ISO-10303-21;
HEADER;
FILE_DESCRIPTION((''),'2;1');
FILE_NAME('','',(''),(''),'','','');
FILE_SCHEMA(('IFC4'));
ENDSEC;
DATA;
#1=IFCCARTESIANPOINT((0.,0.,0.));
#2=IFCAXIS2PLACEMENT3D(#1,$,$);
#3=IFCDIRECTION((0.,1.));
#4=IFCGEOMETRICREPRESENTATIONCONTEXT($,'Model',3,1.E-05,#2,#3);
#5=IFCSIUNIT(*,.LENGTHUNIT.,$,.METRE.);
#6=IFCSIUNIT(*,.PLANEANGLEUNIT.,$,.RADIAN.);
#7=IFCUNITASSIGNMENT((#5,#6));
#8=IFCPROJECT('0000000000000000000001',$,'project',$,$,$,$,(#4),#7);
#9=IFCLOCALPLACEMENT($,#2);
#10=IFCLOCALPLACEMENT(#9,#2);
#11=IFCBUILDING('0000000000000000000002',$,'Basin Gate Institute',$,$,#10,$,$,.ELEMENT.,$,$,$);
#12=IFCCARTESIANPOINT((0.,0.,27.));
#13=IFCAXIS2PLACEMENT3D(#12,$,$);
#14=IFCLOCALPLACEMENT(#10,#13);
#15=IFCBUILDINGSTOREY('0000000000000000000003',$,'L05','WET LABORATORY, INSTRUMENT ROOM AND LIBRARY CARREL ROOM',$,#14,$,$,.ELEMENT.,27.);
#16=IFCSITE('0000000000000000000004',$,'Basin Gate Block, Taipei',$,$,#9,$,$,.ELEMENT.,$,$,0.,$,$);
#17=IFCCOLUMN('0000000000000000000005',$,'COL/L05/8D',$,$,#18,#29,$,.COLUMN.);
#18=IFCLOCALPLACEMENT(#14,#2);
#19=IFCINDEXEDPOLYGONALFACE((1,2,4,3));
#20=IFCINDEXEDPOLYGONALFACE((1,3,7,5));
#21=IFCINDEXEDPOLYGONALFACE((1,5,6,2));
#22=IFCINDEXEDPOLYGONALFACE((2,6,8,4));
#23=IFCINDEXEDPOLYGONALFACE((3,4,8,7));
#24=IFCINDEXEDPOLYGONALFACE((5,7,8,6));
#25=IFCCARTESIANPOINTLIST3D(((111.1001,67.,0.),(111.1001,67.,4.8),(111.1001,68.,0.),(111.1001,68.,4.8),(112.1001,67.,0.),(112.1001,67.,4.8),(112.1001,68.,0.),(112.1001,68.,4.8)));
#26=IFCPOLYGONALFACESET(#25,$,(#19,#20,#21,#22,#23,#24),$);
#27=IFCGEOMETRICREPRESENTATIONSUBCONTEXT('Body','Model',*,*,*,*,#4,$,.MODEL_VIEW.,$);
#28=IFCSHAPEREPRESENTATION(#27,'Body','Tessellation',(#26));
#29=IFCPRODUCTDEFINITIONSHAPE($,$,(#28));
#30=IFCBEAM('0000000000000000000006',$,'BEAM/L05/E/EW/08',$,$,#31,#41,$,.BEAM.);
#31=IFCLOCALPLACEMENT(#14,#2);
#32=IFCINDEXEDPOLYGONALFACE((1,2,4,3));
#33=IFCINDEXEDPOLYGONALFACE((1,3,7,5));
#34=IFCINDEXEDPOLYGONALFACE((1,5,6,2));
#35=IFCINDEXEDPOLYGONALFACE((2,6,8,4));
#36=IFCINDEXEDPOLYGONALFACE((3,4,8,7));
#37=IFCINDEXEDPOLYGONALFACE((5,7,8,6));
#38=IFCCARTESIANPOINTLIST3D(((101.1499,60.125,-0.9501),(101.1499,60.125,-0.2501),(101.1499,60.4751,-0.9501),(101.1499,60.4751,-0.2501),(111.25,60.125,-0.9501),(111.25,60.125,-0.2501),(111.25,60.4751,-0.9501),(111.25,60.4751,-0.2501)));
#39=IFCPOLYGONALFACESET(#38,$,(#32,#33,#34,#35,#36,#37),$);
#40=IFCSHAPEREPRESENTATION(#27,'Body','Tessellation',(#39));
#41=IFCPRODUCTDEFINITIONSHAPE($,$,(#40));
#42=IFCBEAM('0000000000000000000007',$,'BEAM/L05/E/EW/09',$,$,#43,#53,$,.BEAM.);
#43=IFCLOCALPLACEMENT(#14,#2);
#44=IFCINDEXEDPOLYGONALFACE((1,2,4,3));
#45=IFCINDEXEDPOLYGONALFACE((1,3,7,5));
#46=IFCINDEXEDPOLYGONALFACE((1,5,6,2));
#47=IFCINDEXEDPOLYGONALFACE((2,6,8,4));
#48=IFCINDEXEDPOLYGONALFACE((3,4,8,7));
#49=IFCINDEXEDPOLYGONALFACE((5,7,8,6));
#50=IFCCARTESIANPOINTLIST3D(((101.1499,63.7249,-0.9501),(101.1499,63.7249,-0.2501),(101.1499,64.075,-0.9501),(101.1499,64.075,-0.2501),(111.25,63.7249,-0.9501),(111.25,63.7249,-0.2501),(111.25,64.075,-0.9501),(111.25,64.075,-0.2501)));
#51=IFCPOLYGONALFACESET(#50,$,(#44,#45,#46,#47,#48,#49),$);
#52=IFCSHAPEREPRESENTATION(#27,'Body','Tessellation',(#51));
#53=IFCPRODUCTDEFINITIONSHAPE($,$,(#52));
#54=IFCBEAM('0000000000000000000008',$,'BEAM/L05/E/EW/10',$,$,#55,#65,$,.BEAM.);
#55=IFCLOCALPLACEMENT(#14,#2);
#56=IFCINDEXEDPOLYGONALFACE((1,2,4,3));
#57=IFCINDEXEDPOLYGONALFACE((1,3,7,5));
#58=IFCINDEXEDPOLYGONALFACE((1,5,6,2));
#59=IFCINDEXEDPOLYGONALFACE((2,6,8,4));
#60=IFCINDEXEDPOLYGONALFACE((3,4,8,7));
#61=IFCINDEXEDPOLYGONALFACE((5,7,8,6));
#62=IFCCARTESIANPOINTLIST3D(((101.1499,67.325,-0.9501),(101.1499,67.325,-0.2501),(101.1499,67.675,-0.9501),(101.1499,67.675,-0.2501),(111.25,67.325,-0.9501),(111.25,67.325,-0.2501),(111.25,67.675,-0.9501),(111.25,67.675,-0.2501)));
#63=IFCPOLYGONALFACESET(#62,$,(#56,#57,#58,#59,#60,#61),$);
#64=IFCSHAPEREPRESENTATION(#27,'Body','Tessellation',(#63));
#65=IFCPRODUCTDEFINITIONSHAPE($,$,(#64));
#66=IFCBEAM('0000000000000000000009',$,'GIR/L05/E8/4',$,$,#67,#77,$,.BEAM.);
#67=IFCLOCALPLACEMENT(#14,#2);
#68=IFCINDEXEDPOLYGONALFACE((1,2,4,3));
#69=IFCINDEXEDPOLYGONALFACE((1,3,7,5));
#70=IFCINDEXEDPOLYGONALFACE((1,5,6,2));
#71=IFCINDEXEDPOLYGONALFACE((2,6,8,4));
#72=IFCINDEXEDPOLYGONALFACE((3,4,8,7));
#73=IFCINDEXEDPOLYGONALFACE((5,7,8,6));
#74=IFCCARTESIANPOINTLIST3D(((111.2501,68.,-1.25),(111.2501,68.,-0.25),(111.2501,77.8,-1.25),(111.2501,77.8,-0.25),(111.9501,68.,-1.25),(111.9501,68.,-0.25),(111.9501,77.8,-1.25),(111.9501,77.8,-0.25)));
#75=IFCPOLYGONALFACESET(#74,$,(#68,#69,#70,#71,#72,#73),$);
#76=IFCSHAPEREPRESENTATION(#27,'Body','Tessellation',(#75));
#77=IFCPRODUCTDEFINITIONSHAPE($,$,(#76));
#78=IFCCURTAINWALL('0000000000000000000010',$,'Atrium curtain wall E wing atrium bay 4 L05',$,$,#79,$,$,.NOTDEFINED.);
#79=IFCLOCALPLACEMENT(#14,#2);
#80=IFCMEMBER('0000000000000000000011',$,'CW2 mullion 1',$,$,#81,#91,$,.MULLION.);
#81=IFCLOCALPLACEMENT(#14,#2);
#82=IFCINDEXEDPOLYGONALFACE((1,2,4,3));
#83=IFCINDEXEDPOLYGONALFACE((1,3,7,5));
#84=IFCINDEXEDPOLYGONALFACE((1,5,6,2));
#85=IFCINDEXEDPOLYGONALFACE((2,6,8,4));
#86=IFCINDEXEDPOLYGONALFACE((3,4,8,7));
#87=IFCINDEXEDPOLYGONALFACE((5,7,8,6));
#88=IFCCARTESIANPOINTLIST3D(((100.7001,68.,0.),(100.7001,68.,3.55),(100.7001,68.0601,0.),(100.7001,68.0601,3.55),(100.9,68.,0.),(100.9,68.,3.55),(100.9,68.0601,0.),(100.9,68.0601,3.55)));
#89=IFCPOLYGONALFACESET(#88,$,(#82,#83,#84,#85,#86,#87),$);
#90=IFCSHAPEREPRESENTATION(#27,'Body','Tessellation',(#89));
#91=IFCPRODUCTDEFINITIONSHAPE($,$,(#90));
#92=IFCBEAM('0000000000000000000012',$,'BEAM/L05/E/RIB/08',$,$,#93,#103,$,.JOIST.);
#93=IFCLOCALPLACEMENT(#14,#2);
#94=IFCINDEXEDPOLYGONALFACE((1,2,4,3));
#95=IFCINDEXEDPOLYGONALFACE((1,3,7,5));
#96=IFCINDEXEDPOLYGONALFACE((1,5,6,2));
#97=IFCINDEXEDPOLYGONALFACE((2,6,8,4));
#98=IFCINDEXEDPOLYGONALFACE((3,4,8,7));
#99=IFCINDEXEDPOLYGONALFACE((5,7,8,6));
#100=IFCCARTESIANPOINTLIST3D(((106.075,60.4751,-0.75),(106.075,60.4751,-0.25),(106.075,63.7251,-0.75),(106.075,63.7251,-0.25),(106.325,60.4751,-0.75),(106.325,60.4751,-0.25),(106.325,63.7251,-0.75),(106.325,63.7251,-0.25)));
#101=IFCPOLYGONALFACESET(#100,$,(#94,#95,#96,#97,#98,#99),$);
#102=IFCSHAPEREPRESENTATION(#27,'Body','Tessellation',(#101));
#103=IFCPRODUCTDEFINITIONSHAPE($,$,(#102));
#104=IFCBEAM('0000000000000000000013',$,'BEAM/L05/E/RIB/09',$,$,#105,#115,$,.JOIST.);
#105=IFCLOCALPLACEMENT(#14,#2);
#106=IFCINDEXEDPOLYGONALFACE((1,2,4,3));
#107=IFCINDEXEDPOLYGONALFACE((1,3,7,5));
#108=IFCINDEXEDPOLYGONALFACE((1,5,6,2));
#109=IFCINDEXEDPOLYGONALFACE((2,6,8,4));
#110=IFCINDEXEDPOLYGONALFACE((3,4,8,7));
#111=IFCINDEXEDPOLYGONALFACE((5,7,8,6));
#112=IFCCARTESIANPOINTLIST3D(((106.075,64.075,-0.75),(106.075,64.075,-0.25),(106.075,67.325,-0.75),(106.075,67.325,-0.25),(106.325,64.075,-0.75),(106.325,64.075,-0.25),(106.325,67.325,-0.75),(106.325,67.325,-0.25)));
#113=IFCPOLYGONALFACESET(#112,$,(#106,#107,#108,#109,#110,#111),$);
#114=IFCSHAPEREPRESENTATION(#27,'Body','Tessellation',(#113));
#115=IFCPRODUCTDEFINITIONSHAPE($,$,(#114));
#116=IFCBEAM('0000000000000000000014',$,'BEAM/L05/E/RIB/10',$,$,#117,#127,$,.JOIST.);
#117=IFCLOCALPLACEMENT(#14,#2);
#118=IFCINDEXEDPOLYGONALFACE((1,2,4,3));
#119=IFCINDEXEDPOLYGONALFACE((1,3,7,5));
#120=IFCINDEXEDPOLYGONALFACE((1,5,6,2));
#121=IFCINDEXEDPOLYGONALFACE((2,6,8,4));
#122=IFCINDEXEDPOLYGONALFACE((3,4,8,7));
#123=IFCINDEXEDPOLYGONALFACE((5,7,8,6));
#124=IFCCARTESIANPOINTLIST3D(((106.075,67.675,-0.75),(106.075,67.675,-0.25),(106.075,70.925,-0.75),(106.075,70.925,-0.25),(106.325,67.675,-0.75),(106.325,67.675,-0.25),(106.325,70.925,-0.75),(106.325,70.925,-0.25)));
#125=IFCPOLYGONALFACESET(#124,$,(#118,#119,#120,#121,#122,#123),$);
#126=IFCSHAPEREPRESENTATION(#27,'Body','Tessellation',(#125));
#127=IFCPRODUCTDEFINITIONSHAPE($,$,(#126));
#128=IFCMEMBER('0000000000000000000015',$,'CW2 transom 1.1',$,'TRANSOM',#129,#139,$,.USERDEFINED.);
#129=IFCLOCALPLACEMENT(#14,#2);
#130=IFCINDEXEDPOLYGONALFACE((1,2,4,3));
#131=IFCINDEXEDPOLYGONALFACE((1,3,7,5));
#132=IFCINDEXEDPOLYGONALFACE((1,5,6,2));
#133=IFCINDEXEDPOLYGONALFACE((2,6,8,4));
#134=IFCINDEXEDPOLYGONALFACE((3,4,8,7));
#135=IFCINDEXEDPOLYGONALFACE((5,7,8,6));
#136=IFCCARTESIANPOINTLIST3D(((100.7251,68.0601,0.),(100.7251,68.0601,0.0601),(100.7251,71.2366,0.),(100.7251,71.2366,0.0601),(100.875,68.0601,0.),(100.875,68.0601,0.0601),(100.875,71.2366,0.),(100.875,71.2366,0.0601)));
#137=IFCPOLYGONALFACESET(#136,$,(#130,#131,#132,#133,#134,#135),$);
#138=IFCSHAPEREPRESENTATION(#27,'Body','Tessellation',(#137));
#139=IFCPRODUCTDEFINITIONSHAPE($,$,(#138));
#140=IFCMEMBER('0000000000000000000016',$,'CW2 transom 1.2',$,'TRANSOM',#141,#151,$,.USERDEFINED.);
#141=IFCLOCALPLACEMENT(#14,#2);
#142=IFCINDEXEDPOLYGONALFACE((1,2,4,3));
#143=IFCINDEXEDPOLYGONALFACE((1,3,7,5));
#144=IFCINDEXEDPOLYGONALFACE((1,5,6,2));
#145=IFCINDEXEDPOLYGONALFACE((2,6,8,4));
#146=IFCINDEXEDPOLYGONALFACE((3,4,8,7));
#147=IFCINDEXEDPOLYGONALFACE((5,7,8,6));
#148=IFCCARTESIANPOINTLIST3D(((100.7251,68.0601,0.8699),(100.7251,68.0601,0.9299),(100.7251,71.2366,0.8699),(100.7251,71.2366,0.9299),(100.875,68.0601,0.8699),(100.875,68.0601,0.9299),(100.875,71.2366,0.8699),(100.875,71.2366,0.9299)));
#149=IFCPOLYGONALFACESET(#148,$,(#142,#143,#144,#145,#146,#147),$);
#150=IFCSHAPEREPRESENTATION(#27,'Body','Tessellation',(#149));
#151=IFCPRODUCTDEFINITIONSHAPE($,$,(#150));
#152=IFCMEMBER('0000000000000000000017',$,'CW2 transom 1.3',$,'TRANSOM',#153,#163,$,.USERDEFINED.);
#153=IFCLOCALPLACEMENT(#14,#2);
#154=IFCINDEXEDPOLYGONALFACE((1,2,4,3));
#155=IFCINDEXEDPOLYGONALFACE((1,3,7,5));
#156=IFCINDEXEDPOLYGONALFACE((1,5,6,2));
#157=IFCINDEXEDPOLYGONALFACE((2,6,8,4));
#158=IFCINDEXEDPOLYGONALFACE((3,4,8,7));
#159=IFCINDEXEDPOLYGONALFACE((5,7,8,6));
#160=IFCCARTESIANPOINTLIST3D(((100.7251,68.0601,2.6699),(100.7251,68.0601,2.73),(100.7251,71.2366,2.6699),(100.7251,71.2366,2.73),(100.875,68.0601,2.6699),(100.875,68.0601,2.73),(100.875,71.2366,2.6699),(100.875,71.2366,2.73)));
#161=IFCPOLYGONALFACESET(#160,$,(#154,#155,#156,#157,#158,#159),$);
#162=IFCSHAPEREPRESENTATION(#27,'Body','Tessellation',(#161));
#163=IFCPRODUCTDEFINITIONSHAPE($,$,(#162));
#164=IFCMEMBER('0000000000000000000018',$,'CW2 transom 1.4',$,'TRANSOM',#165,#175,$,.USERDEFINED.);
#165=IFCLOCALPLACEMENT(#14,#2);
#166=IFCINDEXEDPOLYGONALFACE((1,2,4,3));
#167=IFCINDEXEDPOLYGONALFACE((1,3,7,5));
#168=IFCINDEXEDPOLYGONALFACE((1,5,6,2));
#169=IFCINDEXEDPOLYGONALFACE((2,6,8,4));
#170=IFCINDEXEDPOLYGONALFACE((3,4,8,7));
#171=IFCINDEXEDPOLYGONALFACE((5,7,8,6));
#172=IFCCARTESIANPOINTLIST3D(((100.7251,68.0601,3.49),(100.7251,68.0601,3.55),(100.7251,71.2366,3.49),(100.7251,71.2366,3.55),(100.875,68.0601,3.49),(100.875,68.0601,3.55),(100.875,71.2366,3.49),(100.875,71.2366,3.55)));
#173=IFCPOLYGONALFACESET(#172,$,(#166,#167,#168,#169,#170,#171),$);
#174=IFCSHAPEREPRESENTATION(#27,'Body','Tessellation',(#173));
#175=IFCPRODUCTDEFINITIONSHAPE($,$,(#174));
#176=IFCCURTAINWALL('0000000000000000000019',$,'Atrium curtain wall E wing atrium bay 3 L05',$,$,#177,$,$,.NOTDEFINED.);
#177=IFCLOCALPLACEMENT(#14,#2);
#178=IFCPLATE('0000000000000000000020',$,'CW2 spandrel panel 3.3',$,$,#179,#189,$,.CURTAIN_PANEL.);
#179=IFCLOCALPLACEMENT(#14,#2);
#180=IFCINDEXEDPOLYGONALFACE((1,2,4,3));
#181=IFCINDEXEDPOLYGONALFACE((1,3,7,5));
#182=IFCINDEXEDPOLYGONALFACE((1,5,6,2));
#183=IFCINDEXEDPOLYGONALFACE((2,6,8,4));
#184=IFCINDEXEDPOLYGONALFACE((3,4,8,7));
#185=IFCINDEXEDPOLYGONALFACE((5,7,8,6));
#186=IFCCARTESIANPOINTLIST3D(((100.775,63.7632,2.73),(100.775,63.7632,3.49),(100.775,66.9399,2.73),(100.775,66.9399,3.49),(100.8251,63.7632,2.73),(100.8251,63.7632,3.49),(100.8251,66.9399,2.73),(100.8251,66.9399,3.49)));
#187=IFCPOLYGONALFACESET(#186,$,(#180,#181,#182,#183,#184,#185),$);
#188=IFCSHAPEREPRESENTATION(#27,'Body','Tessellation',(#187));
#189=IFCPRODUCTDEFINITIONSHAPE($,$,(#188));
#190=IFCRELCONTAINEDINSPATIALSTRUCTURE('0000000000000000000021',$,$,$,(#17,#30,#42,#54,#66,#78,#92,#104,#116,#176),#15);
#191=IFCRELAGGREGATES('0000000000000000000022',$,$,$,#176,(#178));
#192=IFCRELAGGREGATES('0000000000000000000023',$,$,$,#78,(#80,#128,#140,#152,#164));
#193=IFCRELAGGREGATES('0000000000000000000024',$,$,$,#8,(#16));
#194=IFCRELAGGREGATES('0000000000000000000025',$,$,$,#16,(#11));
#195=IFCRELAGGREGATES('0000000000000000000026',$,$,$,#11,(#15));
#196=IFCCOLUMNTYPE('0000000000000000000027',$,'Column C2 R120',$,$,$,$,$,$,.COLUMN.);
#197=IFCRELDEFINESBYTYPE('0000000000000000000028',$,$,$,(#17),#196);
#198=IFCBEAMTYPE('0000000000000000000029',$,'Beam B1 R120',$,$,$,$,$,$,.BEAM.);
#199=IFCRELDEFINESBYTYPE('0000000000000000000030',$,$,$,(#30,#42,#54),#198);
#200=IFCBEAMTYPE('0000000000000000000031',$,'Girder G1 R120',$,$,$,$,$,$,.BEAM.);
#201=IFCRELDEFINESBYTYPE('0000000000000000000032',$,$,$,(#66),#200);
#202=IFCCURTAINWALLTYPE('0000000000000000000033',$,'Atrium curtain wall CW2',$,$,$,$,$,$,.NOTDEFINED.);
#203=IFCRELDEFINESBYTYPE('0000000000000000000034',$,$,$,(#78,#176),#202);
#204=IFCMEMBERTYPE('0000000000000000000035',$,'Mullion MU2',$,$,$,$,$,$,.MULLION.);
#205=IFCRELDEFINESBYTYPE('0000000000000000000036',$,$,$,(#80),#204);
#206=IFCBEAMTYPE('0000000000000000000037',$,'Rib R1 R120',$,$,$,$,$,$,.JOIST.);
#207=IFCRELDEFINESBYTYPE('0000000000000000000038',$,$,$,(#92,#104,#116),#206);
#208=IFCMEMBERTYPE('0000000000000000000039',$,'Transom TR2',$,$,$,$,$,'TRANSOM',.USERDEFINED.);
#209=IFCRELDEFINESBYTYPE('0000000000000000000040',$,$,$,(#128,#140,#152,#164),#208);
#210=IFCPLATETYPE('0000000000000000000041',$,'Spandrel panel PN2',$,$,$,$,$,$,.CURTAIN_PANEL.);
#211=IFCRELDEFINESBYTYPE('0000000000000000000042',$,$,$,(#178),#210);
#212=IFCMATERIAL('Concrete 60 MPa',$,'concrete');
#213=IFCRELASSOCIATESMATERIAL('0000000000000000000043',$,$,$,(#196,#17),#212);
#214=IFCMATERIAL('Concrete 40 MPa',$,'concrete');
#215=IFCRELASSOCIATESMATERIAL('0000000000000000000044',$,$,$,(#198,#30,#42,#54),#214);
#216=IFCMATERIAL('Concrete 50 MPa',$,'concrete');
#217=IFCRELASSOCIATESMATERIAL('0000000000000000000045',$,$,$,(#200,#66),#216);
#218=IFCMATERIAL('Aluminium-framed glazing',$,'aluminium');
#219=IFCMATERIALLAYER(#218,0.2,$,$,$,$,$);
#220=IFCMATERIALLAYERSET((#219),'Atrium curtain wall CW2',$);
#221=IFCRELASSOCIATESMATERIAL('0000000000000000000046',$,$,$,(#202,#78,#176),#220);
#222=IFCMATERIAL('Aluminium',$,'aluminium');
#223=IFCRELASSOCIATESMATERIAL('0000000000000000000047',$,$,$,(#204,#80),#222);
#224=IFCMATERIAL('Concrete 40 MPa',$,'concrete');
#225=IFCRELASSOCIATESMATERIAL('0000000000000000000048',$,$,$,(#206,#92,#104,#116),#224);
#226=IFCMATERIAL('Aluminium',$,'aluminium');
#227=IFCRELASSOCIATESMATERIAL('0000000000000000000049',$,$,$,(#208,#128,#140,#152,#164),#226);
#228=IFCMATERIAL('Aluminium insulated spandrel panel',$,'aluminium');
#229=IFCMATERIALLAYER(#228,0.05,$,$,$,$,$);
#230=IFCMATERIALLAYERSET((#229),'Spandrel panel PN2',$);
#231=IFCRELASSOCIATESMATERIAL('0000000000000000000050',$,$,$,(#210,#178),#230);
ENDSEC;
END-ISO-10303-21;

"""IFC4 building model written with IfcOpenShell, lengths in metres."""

from ifc_helpers import new_model, si_unit, direction, frame, origin, origin_2d, place, context, subcontext, project, spatial, rectangle, extrude, material, layer, layer_set, material_profile, profile_set, type_object, element, aggregate, save


model = new_model("IFC4")

# Units and contexts
model_context = context("Model", 3, precision=1e-05, world=origin(), true_north=direction((0.0, 1.0)))
body_context = subcontext(model_context, "Body", "Model", "MODEL_VIEW")
ifc_project = project(units=[si_unit("LENGTHUNIT", "METRE"), si_unit("PLANEANGLEUNIT", "RADIAN")], contexts=[model_context])

# Site, building, storey
site_placement = place(None, origin())
site = spatial("IfcSite", under=ifc_project, at=site_placement, Name="Basin Gate Block, Taipei", CompositionType="ELEMENT", RefElevation=0.0)
building_placement = place(site_placement, origin())
building = spatial("IfcBuilding", under=site, at=building_placement, Name="Basin Gate Institute", CompositionType="ELEMENT")
storey_placement = place(building_placement, frame((0.0, 0.0, 27.0)))
storey = spatial("IfcBuildingStorey", under=building, at=storey_placement, Name="L05", Description="WET LABORATORY, INSTRUMENT ROOM AND LIBRARY CARREL ROOM", CompositionType="ELEMENT", Elevation=27.0)

# Column
ifc_material_1 = material(Name="Concrete 60 MPa", Category="concrete")
ifc_material_profile_1 = material_profile(ifc_material_1, rectangle(XDim=1.0, YDim=1.0, at=origin_2d()), Name="Column C2 1000 x 1000")
ifc_profile_set_1 = profile_set([ifc_material_profile_1], Name="Concrete 60 MPa")
column_type = type_object("IfcColumnType", Name="Column C2 R120", PredefinedType="COLUMN", material=ifc_profile_set_1)
column_placement = place(storey_placement, frame((111.6001, 67.5, 0.0), z_axis=(0.0, 0.0, 1.0), x_axis=(1.0, 0.0, 0.0)))
element("IfcColumn", 1, at=column_placement, inside=storey, type_object=column_type, material=ifc_profile_set_1, Name="COL/L05/8D", PredefinedType="COLUMN", context=body_context, shape_type="SweptSolid", body=[
    extrude(rectangle(XDim=1.0, YDim=1.0, at=origin_2d()), origin(), (0.0, 0.0, 1.0), 4.8),
])

# Beams
ifc_material_2 = material(Name="Concrete 40 MPa", Category="concrete")
ifc_material_profile_2 = material_profile(ifc_material_2, rectangle(XDim=0.3501, YDim=0.7, at=origin_2d()), Name="Beam B1 350 x 700")
ifc_profile_set_2 = profile_set([ifc_material_profile_2], Name="Concrete 40 MPa")
beam_type_1 = type_object("IfcBeamType", Name="Beam B1 R120", PredefinedType="BEAM", material=ifc_profile_set_2)
for number, where, z_axis, x_axis, name in (
    (2, (111.25, 60.3, -0.6001), (-1.0, 0.0, 0.0), (0.0, -1.0, 0.0), "BEAM/L05/E/EW/08"),
    (3, (111.25, 63.8999, -0.6001), (-1.0, 0.0, 0.0), (0.0, -1.0, 0.0), "BEAM/L05/E/EW/09"),
    (4, (111.25, 67.5, -0.6001), (-1.0, 0.0, 0.0), (0.0, -1.0, 0.0), "BEAM/L05/E/EW/10"),
):
    element("IfcBeam", number, at=place(storey_placement, frame(where, z_axis=z_axis, x_axis=x_axis)), inside=storey, type_object=beam_type_1, material=ifc_profile_set_2, Name=name, PredefinedType="BEAM", context=body_context, shape_type="SweptSolid", body=[
        extrude(rectangle(XDim=0.3501, YDim=0.7, at=origin_2d()), origin(), (0.0, 0.0, 1.0), 10.1001),
    ])
ifc_material_3 = material(Name="Concrete 50 MPa", Category="concrete")
ifc_material_profile_3 = material_profile(ifc_material_3, rectangle(XDim=0.7, YDim=1.0, at=origin_2d()), Name="Girder G1 700 x 1000")
ifc_profile_set_3 = profile_set([ifc_material_profile_3], Name="Concrete 50 MPa")
beam_type_2 = type_object("IfcBeamType", Name="Girder G1 R120", PredefinedType="BEAM", material=ifc_profile_set_3)
beam_placement = place(storey_placement, frame((111.6001, 68.0, -0.75), z_axis=(0.0, 1.0, 0.0), x_axis=(-1.0, 0.0, 0.0)))
element("IfcBeam", 5, at=beam_placement, inside=storey, type_object=beam_type_2, material=ifc_profile_set_3, Name="GIR/L05/E8/4", PredefinedType="BEAM", context=body_context, shape_type="SweptSolid", body=[
    extrude(rectangle(XDim=0.7, YDim=1.0, at=origin_2d()), origin(), (0.0, 0.0, 1.0), 9.8),
])

# Curtain wall, member
ifc_material_4 = material(Name="Aluminium-framed glazing", Category="aluminium")
ifc_layer_1 = layer(ifc_material_4, 0.2)
ifc_layer_set_1 = layer_set([ifc_layer_1], Name="Atrium curtain wall CW2")
curtain_wall_type = type_object("IfcCurtainWallType", Name="Atrium curtain wall CW2", PredefinedType="NOTDEFINED", material=ifc_layer_set_1)
curtain_wall_1_placement = place(storey_placement, origin())
curtain_wall_1 = element("IfcCurtainWall", 6, at=curtain_wall_1_placement, inside=storey, type_object=curtain_wall_type, material=ifc_layer_set_1, Name="Atrium curtain wall E wing atrium bay 4 L05", PredefinedType="NOTDEFINED")
ifc_material_5 = material(Name="Aluminium", Category="aluminium")
ifc_material_profile_4 = material_profile(ifc_material_5, rectangle(XDim=0.2, YDim=0.0601, at=origin_2d()), Name="Mullion MU2 200 x 60")
ifc_profile_set_4 = profile_set([ifc_material_profile_4], Name="Aluminium")
member_type_1 = type_object("IfcMemberType", Name="Mullion MU2", PredefinedType="MULLION", material=ifc_profile_set_4)
member_1_placement = place(storey_placement, frame((100.8, 68.03, 0.0), z_axis=(0.0, 0.0, 1.0), x_axis=(-1.0, 0.0, 0.0)))
member_1 = element("IfcMember", 7, at=member_1_placement, type_object=member_type_1, material=ifc_profile_set_4, Name="CW2 mullion 1", PredefinedType="MULLION", context=body_context, shape_type="SweptSolid", body=[
    extrude(rectangle(XDim=0.2, YDim=0.0601, at=origin_2d()), origin(), (0.0, 0.0, 1.0), 3.55),
])

# Beams
ifc_material_6 = material(Name="Concrete 40 MPa", Category="concrete")
ifc_material_profile_5 = material_profile(ifc_material_6, rectangle(XDim=0.25, YDim=0.5, at=origin_2d()), Name="Rib R1 250 x 500")
ifc_profile_set_5 = profile_set([ifc_material_profile_5], Name="Concrete 40 MPa")
beam_type_3 = type_object("IfcBeamType", Name="Rib R1 R120", PredefinedType="JOIST", material=ifc_profile_set_5)
for number, where, z_axis, x_axis, name in (
    (8, (106.2, 60.4751, -0.5), (0.0, 1.0, 0.0), (-1.0, 0.0, 0.0), "BEAM/L05/E/RIB/08"),
    (9, (106.2, 64.075, -0.5), (0.0, 1.0, 0.0), (-1.0, 0.0, 0.0), "BEAM/L05/E/RIB/09"),
    (10, (106.2, 67.675, -0.5), (0.0, 1.0, 0.0), (-1.0, 0.0, 0.0), "BEAM/L05/E/RIB/10"),
):
    element("IfcBeam", number, at=place(storey_placement, frame(where, z_axis=z_axis, x_axis=x_axis)), inside=storey, type_object=beam_type_3, material=ifc_profile_set_5, Name=name, PredefinedType="JOIST", context=body_context, shape_type="SweptSolid", body=[
        extrude(rectangle(XDim=0.25, YDim=0.5, at=origin_2d()), origin(), (0.0, 0.0, 1.0), 3.25),
    ])

# Members
ifc_material_7 = material(Name="Aluminium", Category="aluminium")
ifc_material_profile_6 = material_profile(ifc_material_7, rectangle(XDim=0.1499, YDim=0.0601, at=origin_2d()), Name="Transom TR2 150 x 60")
ifc_profile_set_6 = profile_set([ifc_material_profile_6], Name="Aluminium")
member_type_2 = type_object("IfcMemberType", Name="Transom TR2", ElementType="TRANSOM", PredefinedType="USERDEFINED", material=ifc_profile_set_6)
member_2_placement = place(storey_placement, frame((100.8, 68.0601, 0.03), z_axis=(0.0, 1.0, 0.0), x_axis=(-1.0, 0.0, 0.0)))
member_2 = element("IfcMember", 11, at=member_2_placement, type_object=member_type_2, material=ifc_profile_set_6, Name="CW2 transom 1.1", ObjectType="TRANSOM", PredefinedType="USERDEFINED", context=body_context, shape_type="SweptSolid", body=[
    extrude(rectangle(XDim=0.1499, YDim=0.0601, at=origin_2d()), origin(), (0.0, 0.0, 1.0), 3.1765),
])
member_3_placement = place(storey_placement, frame((100.8, 68.0601, 0.8999), z_axis=(0.0, 1.0, 0.0), x_axis=(-1.0, 0.0, 0.0)))
member_3 = element("IfcMember", 12, at=member_3_placement, type_object=member_type_2, material=ifc_profile_set_6, Name="CW2 transom 1.2", ObjectType="TRANSOM", PredefinedType="USERDEFINED", context=body_context, shape_type="SweptSolid", body=[
    extrude(rectangle(XDim=0.1499, YDim=0.0601, at=origin_2d()), origin(), (0.0, 0.0, 1.0), 3.1765),
])
member_4_placement = place(storey_placement, frame((100.8, 68.0601, 2.7), z_axis=(0.0, 1.0, 0.0), x_axis=(-1.0, 0.0, 0.0)))
member_4 = element("IfcMember", 13, at=member_4_placement, type_object=member_type_2, material=ifc_profile_set_6, Name="CW2 transom 1.3", ObjectType="TRANSOM", PredefinedType="USERDEFINED", context=body_context, shape_type="SweptSolid", body=[
    extrude(rectangle(XDim=0.1499, YDim=0.0601, at=origin_2d()), origin(), (0.0, 0.0, 1.0), 3.1765),
])
member_5_placement = place(storey_placement, frame((100.8, 68.0601, 3.52), z_axis=(0.0, 1.0, 0.0), x_axis=(-1.0, 0.0, 0.0)))
member_5 = element("IfcMember", 14, at=member_5_placement, type_object=member_type_2, material=ifc_profile_set_6, Name="CW2 transom 1.4", ObjectType="TRANSOM", PredefinedType="USERDEFINED", context=body_context, shape_type="SweptSolid", body=[
    extrude(rectangle(XDim=0.1499, YDim=0.0601, at=origin_2d()), origin(), (0.0, 0.0, 1.0), 3.1765),
])

# Curtain wall, plate
curtain_wall_2_placement = place(storey_placement, origin())
curtain_wall_2 = element("IfcCurtainWall", 15, at=curtain_wall_2_placement, inside=storey, type_object=curtain_wall_type, material=ifc_layer_set_1, Name="Atrium curtain wall E wing atrium bay 3 L05", PredefinedType="NOTDEFINED")
ifc_material_8 = material(Name="Aluminium insulated spandrel panel", Category="aluminium")
ifc_layer_2 = layer(ifc_material_8, 0.05)
ifc_layer_set_2 = layer_set([ifc_layer_2], Name="Spandrel panel PN2")
plate_type_1 = type_object("IfcPlateType", Name="Spandrel panel PN2", PredefinedType="CURTAIN_PANEL", material=ifc_layer_set_2)
plate_1_placement = place(storey_placement, frame((100.8, 65.3516, 2.73), z_axis=(0.0, 0.0, 1.0), x_axis=(0.0, 1.0, 0.0)))
plate_1 = element("IfcPlate", 16, at=plate_1_placement, type_object=plate_type_1, material=ifc_layer_set_2, Name="CW2 spandrel panel 3.3", PredefinedType="CURTAIN_PANEL", context=body_context, shape_type="SweptSolid", body=[
    extrude(rectangle(XDim=3.1768, YDim=0.05, at=origin_2d()), origin(), (0.0, 0.0, 1.0), 0.76),
])

aggregate(curtain_wall_2, [plate_1])
aggregate(curtain_wall_1, [member_1, member_2, member_3, member_4, member_5])

save(model, "model.ifc")
